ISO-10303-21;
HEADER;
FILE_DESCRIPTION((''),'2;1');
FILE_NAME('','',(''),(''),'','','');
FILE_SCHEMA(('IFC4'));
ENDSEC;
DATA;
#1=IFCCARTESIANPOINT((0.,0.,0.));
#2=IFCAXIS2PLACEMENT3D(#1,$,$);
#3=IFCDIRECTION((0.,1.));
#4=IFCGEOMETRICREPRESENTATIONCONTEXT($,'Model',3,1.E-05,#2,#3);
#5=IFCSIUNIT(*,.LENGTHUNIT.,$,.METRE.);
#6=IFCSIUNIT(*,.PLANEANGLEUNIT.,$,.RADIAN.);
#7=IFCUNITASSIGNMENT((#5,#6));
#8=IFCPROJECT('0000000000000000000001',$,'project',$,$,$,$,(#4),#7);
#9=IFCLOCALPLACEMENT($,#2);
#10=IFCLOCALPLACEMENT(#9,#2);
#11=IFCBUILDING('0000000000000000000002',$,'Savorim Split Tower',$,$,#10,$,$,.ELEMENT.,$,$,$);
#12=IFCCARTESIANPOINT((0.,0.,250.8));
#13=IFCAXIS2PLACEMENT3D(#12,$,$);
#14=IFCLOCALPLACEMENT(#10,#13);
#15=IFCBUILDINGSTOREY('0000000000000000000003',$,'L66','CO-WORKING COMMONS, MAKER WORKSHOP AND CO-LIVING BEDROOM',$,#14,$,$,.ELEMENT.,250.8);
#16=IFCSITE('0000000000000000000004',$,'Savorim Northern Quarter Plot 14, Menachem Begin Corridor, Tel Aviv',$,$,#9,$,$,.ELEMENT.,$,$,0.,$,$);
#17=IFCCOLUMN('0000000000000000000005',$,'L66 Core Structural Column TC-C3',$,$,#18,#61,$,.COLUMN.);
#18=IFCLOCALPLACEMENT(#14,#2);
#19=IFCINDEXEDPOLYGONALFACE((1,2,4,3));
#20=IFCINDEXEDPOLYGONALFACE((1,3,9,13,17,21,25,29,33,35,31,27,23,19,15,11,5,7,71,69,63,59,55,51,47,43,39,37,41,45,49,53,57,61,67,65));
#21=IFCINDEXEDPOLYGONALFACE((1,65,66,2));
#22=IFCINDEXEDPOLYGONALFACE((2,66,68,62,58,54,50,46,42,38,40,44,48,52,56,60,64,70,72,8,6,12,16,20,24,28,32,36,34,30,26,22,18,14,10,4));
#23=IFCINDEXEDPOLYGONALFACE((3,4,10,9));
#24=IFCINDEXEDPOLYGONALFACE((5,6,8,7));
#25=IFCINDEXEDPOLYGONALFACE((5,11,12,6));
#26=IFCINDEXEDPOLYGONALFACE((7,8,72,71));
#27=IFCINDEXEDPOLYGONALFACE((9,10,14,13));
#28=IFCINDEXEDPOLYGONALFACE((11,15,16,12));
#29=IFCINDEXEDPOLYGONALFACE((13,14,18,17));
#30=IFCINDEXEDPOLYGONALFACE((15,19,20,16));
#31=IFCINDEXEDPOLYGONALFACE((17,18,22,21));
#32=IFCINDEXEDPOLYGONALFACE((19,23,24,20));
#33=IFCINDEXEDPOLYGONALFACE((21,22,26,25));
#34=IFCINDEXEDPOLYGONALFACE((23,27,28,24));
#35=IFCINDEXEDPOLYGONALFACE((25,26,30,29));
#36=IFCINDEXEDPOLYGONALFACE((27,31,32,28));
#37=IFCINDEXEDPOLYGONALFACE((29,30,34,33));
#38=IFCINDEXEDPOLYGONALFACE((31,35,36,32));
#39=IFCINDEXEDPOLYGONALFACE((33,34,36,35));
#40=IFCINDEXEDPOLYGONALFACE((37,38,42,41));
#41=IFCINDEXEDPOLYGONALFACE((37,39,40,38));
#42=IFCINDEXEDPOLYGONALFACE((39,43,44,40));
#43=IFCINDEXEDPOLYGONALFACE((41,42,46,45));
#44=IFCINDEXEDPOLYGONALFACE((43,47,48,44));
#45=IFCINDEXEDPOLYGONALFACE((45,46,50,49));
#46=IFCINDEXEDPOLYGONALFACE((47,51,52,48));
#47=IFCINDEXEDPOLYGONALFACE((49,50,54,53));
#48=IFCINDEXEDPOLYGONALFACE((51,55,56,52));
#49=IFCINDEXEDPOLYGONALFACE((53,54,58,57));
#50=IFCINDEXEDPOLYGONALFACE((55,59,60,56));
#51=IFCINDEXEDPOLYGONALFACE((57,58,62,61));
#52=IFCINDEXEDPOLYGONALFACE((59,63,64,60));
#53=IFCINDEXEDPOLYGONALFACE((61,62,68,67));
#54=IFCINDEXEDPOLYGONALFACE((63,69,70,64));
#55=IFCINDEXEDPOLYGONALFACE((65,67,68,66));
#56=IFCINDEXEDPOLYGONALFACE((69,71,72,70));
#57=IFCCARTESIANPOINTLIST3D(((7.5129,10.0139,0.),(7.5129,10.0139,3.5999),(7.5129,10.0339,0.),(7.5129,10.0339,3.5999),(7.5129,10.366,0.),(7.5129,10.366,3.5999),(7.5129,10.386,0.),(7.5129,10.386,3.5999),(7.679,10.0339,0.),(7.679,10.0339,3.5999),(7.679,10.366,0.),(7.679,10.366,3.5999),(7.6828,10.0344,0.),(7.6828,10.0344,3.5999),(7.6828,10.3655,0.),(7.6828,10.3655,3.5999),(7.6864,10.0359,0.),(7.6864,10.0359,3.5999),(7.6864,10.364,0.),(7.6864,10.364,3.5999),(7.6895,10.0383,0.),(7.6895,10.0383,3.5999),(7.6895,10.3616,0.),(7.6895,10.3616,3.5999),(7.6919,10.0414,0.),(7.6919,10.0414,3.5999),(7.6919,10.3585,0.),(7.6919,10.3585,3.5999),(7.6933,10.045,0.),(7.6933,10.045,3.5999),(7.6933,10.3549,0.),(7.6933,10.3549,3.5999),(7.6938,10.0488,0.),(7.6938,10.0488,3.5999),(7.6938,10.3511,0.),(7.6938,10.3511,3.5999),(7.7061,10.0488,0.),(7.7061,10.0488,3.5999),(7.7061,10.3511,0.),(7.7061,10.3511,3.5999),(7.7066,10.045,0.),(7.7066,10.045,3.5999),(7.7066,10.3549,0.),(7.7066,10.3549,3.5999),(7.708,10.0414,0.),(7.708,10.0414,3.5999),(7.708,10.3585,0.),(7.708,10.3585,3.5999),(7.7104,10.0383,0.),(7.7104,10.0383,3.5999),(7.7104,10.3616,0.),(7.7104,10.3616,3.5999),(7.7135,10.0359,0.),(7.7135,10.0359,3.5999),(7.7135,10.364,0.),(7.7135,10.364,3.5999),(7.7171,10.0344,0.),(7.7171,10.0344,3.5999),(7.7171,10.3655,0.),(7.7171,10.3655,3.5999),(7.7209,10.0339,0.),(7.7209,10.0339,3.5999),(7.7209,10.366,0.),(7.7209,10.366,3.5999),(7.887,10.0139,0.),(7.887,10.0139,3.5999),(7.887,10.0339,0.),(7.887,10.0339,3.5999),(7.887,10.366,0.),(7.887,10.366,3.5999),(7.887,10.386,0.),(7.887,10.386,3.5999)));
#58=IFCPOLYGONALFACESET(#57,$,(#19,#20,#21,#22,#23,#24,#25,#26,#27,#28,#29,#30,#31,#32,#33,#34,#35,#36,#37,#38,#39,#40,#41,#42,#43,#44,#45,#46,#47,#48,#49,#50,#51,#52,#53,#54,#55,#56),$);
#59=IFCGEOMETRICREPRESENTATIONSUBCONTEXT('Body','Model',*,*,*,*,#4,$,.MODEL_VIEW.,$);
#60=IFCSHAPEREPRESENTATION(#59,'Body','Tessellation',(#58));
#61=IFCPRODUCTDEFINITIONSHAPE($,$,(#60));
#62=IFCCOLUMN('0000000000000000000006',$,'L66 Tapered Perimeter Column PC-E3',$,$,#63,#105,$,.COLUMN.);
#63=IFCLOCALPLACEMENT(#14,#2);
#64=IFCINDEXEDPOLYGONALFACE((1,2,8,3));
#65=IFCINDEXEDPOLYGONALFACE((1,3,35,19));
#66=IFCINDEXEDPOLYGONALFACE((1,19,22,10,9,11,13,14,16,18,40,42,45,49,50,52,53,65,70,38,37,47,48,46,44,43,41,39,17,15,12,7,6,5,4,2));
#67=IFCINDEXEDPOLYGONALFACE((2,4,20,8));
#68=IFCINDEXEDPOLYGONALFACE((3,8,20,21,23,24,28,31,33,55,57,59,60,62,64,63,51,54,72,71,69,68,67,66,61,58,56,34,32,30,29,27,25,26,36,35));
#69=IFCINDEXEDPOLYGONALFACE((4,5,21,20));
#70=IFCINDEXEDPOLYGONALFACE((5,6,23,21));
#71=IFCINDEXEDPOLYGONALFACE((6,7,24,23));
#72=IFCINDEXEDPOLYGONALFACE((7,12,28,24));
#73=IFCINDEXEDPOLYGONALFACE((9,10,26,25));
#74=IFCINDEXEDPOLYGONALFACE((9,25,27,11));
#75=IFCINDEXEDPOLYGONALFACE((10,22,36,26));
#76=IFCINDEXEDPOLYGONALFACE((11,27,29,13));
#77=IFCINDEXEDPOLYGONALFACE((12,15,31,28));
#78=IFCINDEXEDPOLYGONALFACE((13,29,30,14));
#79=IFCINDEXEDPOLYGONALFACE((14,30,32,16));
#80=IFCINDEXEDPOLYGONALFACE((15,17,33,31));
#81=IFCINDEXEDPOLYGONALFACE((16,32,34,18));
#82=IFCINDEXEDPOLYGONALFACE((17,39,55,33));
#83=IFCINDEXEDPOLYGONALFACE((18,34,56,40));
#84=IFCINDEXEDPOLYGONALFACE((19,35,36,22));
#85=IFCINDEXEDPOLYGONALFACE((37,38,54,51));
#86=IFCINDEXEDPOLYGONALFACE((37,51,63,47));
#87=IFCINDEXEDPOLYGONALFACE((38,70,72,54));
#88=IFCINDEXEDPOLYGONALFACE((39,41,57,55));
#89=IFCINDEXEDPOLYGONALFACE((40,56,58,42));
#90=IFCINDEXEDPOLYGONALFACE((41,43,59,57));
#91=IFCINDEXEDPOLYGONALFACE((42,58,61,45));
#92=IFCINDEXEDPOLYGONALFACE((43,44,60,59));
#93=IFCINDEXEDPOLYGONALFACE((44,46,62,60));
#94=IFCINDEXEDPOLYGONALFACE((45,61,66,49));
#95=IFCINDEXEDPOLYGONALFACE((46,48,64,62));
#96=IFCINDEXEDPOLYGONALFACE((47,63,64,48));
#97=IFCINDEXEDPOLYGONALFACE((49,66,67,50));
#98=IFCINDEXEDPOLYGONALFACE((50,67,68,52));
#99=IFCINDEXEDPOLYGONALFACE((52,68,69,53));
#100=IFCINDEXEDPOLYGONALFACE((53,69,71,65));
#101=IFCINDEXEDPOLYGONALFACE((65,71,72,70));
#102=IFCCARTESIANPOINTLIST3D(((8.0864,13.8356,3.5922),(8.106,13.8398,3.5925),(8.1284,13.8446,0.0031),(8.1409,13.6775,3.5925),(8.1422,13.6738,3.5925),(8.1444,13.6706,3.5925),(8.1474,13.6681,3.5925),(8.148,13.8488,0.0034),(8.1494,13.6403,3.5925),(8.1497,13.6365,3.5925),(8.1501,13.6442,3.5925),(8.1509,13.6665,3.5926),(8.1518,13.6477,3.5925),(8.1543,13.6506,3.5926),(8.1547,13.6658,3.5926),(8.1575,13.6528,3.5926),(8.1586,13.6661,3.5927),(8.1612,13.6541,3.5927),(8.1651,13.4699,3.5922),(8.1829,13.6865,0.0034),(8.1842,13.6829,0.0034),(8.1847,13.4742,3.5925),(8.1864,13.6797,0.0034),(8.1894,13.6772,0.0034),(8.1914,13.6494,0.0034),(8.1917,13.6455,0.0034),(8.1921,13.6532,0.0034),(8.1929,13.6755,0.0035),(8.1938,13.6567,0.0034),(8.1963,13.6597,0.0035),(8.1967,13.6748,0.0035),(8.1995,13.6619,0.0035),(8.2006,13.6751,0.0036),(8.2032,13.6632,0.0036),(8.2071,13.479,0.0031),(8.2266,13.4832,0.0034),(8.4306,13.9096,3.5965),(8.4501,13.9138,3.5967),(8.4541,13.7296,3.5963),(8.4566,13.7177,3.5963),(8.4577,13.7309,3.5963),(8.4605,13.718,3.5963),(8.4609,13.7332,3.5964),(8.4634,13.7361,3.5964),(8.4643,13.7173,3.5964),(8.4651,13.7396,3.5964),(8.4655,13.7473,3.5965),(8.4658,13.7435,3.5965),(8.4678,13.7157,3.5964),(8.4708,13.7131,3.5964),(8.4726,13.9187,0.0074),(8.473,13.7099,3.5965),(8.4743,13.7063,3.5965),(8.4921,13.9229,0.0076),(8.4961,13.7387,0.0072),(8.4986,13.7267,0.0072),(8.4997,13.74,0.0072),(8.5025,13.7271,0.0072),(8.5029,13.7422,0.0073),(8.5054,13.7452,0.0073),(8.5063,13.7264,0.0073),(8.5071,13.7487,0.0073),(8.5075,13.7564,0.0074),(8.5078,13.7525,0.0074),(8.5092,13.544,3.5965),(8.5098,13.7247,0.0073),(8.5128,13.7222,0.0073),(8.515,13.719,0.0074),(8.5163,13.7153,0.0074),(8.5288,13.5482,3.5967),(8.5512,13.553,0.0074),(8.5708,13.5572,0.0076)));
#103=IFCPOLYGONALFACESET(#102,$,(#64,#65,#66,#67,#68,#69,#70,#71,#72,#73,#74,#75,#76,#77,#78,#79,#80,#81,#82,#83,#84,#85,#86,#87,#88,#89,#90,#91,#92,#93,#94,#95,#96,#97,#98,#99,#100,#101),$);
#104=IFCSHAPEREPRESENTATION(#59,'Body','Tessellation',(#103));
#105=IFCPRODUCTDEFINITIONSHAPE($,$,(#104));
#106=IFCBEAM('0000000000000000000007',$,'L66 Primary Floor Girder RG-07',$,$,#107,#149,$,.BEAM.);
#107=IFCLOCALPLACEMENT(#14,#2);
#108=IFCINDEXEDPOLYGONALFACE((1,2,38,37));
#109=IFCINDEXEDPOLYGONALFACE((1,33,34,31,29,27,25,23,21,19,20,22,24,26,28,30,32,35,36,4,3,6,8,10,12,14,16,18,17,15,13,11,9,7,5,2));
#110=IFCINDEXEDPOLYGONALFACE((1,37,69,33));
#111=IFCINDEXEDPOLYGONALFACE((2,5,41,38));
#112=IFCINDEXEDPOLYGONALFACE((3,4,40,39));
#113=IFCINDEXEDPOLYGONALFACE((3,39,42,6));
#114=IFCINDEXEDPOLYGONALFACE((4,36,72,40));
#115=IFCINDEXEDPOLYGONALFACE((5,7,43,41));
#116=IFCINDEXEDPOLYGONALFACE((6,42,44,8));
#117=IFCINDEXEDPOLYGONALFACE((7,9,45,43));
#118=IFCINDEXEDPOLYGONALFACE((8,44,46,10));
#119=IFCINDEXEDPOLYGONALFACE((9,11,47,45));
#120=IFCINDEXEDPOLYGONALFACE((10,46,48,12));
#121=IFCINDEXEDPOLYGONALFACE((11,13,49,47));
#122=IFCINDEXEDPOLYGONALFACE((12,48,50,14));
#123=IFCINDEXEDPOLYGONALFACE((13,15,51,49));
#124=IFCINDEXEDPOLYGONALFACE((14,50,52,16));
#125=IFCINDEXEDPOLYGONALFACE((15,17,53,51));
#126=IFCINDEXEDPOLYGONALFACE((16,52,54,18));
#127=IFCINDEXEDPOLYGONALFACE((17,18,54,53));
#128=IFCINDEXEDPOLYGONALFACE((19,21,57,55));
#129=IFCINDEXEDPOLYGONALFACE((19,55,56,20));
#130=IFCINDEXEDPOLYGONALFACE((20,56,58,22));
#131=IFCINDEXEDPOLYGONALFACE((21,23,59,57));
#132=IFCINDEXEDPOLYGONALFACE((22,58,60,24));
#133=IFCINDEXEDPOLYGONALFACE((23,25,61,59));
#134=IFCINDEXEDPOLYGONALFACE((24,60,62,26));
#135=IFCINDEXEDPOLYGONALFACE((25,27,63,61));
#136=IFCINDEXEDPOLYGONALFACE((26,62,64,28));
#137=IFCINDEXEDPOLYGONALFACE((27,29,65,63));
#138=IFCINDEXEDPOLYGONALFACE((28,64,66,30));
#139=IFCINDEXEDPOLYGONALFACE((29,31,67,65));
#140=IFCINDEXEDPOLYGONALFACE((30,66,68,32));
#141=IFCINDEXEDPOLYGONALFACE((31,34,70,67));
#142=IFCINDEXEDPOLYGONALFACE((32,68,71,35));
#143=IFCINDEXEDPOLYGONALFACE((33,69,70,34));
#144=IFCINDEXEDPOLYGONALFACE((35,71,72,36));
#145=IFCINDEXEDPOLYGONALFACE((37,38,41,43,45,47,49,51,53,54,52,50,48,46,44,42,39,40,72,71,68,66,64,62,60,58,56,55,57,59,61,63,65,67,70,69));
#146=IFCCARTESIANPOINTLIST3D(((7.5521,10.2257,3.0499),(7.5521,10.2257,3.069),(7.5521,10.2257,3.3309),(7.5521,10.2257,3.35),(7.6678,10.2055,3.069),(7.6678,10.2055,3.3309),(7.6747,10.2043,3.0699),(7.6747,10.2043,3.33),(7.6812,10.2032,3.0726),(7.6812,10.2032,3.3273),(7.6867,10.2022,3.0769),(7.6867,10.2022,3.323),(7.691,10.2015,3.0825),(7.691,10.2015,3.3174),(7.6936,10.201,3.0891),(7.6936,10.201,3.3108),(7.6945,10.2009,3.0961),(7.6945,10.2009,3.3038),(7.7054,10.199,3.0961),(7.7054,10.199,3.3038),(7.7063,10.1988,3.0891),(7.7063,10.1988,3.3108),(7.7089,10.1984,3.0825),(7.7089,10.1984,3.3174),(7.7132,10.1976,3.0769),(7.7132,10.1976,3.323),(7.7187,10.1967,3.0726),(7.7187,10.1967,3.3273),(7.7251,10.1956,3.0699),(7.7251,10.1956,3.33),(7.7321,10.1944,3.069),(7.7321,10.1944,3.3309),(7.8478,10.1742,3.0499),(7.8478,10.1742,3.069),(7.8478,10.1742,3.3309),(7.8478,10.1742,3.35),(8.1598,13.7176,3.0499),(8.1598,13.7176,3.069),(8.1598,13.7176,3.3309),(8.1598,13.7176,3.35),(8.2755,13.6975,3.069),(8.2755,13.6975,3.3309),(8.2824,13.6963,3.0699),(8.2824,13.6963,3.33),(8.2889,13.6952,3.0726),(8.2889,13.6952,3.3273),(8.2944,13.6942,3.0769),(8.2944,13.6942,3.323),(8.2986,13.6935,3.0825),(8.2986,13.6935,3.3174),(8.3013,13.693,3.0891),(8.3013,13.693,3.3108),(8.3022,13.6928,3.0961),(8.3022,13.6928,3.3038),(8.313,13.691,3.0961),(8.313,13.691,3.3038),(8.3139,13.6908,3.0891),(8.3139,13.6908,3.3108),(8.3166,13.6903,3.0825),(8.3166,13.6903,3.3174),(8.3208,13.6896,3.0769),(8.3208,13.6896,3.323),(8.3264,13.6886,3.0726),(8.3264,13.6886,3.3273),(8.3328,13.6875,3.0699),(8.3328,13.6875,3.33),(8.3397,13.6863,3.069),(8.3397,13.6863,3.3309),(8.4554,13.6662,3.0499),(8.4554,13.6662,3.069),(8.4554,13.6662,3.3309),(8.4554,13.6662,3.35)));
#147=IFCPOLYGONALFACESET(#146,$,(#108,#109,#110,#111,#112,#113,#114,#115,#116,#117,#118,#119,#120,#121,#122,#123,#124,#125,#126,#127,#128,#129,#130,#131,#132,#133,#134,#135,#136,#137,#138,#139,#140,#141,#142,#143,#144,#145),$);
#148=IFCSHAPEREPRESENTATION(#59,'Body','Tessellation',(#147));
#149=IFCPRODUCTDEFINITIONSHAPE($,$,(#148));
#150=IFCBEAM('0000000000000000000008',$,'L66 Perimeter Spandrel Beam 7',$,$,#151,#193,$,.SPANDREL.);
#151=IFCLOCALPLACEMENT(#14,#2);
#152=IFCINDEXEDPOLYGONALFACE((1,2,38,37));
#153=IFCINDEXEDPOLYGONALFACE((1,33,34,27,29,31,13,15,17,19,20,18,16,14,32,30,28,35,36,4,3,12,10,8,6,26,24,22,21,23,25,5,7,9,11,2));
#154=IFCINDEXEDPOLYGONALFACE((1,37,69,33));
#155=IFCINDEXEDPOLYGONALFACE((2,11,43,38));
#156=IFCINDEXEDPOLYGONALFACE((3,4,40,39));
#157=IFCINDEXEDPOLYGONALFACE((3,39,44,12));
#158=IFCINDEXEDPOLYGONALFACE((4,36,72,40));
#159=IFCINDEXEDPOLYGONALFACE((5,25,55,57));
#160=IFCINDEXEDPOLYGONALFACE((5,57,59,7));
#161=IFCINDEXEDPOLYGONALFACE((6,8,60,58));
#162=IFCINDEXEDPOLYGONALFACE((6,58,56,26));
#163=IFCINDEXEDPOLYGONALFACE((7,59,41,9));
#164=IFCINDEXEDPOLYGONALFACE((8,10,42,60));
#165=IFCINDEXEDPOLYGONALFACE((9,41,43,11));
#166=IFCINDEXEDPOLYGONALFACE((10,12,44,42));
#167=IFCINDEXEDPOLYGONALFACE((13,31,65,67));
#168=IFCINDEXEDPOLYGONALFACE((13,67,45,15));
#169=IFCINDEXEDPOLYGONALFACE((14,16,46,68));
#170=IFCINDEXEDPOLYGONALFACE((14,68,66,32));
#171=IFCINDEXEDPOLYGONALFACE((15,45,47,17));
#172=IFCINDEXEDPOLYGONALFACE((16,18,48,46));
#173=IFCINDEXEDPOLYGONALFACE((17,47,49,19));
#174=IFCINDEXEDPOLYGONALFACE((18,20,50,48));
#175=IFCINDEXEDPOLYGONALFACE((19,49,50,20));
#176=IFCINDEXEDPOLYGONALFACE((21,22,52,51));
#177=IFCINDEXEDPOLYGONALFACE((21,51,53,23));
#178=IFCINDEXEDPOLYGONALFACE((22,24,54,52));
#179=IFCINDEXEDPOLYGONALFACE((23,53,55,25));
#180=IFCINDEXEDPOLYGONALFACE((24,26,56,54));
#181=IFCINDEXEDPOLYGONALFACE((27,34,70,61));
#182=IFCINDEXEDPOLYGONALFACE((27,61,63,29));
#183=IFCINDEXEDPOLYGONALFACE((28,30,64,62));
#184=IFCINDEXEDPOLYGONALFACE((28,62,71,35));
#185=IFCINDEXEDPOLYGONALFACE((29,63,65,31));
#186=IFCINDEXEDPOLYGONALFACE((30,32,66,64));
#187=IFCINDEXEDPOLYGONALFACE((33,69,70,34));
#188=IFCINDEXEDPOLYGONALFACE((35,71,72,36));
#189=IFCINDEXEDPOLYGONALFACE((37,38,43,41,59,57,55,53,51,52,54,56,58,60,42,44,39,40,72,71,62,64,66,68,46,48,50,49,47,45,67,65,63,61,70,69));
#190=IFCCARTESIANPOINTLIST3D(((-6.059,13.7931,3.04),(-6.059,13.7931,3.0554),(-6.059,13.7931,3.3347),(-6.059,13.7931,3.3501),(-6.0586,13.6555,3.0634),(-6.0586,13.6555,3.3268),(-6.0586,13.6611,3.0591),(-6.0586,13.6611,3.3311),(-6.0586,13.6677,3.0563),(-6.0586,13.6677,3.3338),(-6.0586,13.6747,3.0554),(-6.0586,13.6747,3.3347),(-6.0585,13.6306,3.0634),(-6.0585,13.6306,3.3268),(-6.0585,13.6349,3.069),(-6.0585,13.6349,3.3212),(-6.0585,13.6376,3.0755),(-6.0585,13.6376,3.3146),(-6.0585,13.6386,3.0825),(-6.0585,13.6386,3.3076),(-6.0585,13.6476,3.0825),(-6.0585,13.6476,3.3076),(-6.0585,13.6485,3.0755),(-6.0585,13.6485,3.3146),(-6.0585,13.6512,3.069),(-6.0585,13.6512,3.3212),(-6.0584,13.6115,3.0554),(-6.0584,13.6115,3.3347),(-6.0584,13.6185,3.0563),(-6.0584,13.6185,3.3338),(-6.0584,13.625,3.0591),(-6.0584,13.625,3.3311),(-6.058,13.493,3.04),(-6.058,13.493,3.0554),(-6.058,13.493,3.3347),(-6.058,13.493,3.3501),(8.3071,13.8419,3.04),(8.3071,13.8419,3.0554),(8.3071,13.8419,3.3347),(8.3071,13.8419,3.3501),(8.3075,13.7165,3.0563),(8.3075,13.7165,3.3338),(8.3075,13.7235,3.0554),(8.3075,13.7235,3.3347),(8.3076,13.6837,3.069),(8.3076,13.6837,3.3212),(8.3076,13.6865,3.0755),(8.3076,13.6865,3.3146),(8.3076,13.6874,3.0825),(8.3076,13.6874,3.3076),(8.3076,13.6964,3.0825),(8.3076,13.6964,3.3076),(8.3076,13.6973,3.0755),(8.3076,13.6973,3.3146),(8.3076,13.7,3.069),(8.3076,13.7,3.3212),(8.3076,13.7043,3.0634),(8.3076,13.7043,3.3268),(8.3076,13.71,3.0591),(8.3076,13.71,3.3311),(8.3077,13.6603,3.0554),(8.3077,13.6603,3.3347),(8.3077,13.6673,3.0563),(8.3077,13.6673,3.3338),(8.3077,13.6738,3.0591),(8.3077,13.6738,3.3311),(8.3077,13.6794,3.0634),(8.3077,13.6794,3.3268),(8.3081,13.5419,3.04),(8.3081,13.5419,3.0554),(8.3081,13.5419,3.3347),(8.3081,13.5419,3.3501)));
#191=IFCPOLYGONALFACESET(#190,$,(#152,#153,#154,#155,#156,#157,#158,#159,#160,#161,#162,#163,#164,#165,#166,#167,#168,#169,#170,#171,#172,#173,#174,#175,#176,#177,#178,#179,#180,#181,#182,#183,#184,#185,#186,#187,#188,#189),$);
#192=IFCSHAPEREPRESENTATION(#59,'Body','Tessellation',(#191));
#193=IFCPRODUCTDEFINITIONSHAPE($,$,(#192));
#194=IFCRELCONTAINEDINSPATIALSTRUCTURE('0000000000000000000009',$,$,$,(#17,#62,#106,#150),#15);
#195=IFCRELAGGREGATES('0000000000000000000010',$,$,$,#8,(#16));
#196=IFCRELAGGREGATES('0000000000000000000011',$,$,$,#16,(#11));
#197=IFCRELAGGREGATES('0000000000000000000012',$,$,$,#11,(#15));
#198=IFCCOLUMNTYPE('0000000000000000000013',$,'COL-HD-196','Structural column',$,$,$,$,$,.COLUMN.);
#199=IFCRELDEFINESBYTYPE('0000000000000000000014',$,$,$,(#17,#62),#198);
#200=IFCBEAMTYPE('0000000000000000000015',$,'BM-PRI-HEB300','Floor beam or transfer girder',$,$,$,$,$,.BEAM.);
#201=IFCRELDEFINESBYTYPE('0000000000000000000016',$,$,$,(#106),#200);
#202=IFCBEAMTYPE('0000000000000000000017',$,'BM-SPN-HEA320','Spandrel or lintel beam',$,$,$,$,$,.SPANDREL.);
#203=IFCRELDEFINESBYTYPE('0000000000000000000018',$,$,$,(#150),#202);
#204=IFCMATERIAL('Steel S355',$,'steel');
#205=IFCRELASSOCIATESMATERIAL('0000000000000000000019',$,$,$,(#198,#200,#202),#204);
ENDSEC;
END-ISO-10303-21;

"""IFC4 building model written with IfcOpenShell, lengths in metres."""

from ifc_helpers import new_model, si_unit, direction, frame, origin, origin_2d, place, context, subcontext, project, spatial, i_section, extrude, material, material_profile, profile_set, type_object, element, save


model = new_model("IFC4")

# Units and contexts
model_context = context("Model", 3, precision=1e-05, world=origin(), true_north=direction((0.0, 1.0)))
body_context = subcontext(model_context, "Body", "Model", "MODEL_VIEW")
ifc_project = project(units=[si_unit("LENGTHUNIT", "METRE"), si_unit("PLANEANGLEUNIT", "RADIAN")], contexts=[model_context])

# Site, building, storey
site_placement = place(None, origin())
site = spatial("IfcSite", under=ifc_project, at=site_placement, Name="Savorim Northern Quarter Plot 14, Menachem Begin Corridor, Tel Aviv", CompositionType="ELEMENT", RefElevation=0.0)
building_placement = place(site_placement, origin())
building = spatial("IfcBuilding", under=site, at=building_placement, Name="Savorim Split Tower", CompositionType="ELEMENT")
storey_placement = place(building_placement, frame((0.0, 0.0, 250.8)))
storey = spatial("IfcBuildingStorey", under=building, at=storey_placement, Name="L66", Description="CO-WORKING COMMONS, MAKER WORKSHOP AND CO-LIVING BEDROOM", CompositionType="ELEMENT", Elevation=250.8)

# Columns
ifc_material_1 = material(Name="Steel S355", Category="steel")
ifc_material_profile_1 = material_profile(ifc_material_1, i_section(OverallWidth=0.374, OverallDepth=0.3721, WebThickness=0.0122, FlangeThickness=0.02, FilletRadius=0.0149, at=origin_2d()), Name="HD 360x196")
ifc_profile_set_1 = profile_set([ifc_material_profile_1], Name="Steel S355")
column_type = type_object("IfcColumnType", Name="COL-HD-196", Description="Structural column", PredefinedType="COLUMN", material=ifc_profile_set_1)
column_1_placement = place(storey_placement, frame((7.7, 10.2, 0.0), z_axis=(0.0, 0.0, 1.0), x_axis=(1.0, 0.0, 0.0)))
element("IfcColumn", 1, at=column_1_placement, inside=storey, type_object=column_type, Name="L66 Core Structural Column TC-C3", PredefinedType="COLUMN", context=body_context, shape_type="SweptSolid", body=[
    extrude(i_section(OverallWidth=0.374, OverallDepth=0.3721, WebThickness=0.0122, FlangeThickness=0.02, FilletRadius=0.0149, at=origin_2d()), origin(), (0.0, 0.0, 1.0), 3.5999),
])
column_2_placement = place(storey_placement, frame((8.3496, 13.7009, 0.0054), z_axis=(-0.011699, -0.002517, 0.999928), x_axis=(0.210305, -0.977636, 0.0)))
element("IfcColumn", 2, at=column_2_placement, inside=storey, type_object=column_type, Name="L66 Tapered Perimeter Column PC-E3", PredefinedType="COLUMN", context=body_context, shape_type="SweptSolid", body=[
    extrude(i_section(OverallWidth=0.374, OverallDepth=0.3721, WebThickness=0.0122, FlangeThickness=0.02, FilletRadius=0.0149, at=origin_2d()), origin(), (0.0, 0.0, 1.0), 3.5894),
])

# Beams
ifc_material_profile_2 = material_profile(ifc_material_1, i_section(OverallWidth=0.3, OverallDepth=0.3, WebThickness=0.011, FlangeThickness=0.019, FilletRadius=0.0271, at=origin_2d()), Name="HEB 300")
ifc_profile_set_2 = profile_set([ifc_material_profile_2], Name="Steel S355")
beam_type_1 = type_object("IfcBeamType", Name="BM-PRI-HEB300", Description="Floor beam or transfer girder", PredefinedType="BEAM", material=ifc_profile_set_2)
beam_1_placement = place(storey_placement, frame((8.3076, 13.6919, 3.2), z_axis=(-0.171443, -0.985194, 0.0), x_axis=(0.985194, -0.171443, 0.0)))
element("IfcBeam", 3, at=beam_1_placement, inside=storey, type_object=beam_type_1, Name="L66 Primary Floor Girder RG-07", PredefinedType="BEAM", context=body_context, shape_type="SweptSolid", body=[
    extrude(i_section(OverallWidth=0.3, OverallDepth=0.3, WebThickness=0.011, FlangeThickness=0.019, FilletRadius=0.0271, at=origin_2d()), origin(), (0.0, 0.0, 1.0), 3.5444),
])
ifc_material_profile_3 = material_profile(ifc_material_1, i_section(OverallWidth=0.3, OverallDepth=0.3101, WebThickness=0.009, FlangeThickness=0.0154, FilletRadius=0.0271, at=origin_2d()), Name="HEA 320")
ifc_profile_set_3 = profile_set([ifc_material_profile_3], Name="Steel S355")
beam_type_2 = type_object("IfcBeamType", Name="BM-SPN-HEA320", Description="Spandrel or lintel beam", PredefinedType="SPANDREL", material=ifc_profile_set_3)
beam_2_placement = place(storey_placement, frame((8.3076, 13.6919, 3.1951), z_axis=(-0.999994, -0.003399, 0.0), x_axis=(0.003399, -0.999994, 0.0)))
element("IfcBeam", 4, at=beam_2_placement, inside=storey, type_object=beam_type_2, Name="L66 Perimeter Spandrel Beam 7", PredefinedType="SPANDREL", context=body_context, shape_type="SweptSolid", body=[
    extrude(i_section(OverallWidth=0.3, OverallDepth=0.3101, WebThickness=0.009, FlangeThickness=0.0154, FilletRadius=0.0271, at=origin_2d()), origin(), (0.0, 0.0, 1.0), 14.3662),
])

save(model, "model.ifc")
